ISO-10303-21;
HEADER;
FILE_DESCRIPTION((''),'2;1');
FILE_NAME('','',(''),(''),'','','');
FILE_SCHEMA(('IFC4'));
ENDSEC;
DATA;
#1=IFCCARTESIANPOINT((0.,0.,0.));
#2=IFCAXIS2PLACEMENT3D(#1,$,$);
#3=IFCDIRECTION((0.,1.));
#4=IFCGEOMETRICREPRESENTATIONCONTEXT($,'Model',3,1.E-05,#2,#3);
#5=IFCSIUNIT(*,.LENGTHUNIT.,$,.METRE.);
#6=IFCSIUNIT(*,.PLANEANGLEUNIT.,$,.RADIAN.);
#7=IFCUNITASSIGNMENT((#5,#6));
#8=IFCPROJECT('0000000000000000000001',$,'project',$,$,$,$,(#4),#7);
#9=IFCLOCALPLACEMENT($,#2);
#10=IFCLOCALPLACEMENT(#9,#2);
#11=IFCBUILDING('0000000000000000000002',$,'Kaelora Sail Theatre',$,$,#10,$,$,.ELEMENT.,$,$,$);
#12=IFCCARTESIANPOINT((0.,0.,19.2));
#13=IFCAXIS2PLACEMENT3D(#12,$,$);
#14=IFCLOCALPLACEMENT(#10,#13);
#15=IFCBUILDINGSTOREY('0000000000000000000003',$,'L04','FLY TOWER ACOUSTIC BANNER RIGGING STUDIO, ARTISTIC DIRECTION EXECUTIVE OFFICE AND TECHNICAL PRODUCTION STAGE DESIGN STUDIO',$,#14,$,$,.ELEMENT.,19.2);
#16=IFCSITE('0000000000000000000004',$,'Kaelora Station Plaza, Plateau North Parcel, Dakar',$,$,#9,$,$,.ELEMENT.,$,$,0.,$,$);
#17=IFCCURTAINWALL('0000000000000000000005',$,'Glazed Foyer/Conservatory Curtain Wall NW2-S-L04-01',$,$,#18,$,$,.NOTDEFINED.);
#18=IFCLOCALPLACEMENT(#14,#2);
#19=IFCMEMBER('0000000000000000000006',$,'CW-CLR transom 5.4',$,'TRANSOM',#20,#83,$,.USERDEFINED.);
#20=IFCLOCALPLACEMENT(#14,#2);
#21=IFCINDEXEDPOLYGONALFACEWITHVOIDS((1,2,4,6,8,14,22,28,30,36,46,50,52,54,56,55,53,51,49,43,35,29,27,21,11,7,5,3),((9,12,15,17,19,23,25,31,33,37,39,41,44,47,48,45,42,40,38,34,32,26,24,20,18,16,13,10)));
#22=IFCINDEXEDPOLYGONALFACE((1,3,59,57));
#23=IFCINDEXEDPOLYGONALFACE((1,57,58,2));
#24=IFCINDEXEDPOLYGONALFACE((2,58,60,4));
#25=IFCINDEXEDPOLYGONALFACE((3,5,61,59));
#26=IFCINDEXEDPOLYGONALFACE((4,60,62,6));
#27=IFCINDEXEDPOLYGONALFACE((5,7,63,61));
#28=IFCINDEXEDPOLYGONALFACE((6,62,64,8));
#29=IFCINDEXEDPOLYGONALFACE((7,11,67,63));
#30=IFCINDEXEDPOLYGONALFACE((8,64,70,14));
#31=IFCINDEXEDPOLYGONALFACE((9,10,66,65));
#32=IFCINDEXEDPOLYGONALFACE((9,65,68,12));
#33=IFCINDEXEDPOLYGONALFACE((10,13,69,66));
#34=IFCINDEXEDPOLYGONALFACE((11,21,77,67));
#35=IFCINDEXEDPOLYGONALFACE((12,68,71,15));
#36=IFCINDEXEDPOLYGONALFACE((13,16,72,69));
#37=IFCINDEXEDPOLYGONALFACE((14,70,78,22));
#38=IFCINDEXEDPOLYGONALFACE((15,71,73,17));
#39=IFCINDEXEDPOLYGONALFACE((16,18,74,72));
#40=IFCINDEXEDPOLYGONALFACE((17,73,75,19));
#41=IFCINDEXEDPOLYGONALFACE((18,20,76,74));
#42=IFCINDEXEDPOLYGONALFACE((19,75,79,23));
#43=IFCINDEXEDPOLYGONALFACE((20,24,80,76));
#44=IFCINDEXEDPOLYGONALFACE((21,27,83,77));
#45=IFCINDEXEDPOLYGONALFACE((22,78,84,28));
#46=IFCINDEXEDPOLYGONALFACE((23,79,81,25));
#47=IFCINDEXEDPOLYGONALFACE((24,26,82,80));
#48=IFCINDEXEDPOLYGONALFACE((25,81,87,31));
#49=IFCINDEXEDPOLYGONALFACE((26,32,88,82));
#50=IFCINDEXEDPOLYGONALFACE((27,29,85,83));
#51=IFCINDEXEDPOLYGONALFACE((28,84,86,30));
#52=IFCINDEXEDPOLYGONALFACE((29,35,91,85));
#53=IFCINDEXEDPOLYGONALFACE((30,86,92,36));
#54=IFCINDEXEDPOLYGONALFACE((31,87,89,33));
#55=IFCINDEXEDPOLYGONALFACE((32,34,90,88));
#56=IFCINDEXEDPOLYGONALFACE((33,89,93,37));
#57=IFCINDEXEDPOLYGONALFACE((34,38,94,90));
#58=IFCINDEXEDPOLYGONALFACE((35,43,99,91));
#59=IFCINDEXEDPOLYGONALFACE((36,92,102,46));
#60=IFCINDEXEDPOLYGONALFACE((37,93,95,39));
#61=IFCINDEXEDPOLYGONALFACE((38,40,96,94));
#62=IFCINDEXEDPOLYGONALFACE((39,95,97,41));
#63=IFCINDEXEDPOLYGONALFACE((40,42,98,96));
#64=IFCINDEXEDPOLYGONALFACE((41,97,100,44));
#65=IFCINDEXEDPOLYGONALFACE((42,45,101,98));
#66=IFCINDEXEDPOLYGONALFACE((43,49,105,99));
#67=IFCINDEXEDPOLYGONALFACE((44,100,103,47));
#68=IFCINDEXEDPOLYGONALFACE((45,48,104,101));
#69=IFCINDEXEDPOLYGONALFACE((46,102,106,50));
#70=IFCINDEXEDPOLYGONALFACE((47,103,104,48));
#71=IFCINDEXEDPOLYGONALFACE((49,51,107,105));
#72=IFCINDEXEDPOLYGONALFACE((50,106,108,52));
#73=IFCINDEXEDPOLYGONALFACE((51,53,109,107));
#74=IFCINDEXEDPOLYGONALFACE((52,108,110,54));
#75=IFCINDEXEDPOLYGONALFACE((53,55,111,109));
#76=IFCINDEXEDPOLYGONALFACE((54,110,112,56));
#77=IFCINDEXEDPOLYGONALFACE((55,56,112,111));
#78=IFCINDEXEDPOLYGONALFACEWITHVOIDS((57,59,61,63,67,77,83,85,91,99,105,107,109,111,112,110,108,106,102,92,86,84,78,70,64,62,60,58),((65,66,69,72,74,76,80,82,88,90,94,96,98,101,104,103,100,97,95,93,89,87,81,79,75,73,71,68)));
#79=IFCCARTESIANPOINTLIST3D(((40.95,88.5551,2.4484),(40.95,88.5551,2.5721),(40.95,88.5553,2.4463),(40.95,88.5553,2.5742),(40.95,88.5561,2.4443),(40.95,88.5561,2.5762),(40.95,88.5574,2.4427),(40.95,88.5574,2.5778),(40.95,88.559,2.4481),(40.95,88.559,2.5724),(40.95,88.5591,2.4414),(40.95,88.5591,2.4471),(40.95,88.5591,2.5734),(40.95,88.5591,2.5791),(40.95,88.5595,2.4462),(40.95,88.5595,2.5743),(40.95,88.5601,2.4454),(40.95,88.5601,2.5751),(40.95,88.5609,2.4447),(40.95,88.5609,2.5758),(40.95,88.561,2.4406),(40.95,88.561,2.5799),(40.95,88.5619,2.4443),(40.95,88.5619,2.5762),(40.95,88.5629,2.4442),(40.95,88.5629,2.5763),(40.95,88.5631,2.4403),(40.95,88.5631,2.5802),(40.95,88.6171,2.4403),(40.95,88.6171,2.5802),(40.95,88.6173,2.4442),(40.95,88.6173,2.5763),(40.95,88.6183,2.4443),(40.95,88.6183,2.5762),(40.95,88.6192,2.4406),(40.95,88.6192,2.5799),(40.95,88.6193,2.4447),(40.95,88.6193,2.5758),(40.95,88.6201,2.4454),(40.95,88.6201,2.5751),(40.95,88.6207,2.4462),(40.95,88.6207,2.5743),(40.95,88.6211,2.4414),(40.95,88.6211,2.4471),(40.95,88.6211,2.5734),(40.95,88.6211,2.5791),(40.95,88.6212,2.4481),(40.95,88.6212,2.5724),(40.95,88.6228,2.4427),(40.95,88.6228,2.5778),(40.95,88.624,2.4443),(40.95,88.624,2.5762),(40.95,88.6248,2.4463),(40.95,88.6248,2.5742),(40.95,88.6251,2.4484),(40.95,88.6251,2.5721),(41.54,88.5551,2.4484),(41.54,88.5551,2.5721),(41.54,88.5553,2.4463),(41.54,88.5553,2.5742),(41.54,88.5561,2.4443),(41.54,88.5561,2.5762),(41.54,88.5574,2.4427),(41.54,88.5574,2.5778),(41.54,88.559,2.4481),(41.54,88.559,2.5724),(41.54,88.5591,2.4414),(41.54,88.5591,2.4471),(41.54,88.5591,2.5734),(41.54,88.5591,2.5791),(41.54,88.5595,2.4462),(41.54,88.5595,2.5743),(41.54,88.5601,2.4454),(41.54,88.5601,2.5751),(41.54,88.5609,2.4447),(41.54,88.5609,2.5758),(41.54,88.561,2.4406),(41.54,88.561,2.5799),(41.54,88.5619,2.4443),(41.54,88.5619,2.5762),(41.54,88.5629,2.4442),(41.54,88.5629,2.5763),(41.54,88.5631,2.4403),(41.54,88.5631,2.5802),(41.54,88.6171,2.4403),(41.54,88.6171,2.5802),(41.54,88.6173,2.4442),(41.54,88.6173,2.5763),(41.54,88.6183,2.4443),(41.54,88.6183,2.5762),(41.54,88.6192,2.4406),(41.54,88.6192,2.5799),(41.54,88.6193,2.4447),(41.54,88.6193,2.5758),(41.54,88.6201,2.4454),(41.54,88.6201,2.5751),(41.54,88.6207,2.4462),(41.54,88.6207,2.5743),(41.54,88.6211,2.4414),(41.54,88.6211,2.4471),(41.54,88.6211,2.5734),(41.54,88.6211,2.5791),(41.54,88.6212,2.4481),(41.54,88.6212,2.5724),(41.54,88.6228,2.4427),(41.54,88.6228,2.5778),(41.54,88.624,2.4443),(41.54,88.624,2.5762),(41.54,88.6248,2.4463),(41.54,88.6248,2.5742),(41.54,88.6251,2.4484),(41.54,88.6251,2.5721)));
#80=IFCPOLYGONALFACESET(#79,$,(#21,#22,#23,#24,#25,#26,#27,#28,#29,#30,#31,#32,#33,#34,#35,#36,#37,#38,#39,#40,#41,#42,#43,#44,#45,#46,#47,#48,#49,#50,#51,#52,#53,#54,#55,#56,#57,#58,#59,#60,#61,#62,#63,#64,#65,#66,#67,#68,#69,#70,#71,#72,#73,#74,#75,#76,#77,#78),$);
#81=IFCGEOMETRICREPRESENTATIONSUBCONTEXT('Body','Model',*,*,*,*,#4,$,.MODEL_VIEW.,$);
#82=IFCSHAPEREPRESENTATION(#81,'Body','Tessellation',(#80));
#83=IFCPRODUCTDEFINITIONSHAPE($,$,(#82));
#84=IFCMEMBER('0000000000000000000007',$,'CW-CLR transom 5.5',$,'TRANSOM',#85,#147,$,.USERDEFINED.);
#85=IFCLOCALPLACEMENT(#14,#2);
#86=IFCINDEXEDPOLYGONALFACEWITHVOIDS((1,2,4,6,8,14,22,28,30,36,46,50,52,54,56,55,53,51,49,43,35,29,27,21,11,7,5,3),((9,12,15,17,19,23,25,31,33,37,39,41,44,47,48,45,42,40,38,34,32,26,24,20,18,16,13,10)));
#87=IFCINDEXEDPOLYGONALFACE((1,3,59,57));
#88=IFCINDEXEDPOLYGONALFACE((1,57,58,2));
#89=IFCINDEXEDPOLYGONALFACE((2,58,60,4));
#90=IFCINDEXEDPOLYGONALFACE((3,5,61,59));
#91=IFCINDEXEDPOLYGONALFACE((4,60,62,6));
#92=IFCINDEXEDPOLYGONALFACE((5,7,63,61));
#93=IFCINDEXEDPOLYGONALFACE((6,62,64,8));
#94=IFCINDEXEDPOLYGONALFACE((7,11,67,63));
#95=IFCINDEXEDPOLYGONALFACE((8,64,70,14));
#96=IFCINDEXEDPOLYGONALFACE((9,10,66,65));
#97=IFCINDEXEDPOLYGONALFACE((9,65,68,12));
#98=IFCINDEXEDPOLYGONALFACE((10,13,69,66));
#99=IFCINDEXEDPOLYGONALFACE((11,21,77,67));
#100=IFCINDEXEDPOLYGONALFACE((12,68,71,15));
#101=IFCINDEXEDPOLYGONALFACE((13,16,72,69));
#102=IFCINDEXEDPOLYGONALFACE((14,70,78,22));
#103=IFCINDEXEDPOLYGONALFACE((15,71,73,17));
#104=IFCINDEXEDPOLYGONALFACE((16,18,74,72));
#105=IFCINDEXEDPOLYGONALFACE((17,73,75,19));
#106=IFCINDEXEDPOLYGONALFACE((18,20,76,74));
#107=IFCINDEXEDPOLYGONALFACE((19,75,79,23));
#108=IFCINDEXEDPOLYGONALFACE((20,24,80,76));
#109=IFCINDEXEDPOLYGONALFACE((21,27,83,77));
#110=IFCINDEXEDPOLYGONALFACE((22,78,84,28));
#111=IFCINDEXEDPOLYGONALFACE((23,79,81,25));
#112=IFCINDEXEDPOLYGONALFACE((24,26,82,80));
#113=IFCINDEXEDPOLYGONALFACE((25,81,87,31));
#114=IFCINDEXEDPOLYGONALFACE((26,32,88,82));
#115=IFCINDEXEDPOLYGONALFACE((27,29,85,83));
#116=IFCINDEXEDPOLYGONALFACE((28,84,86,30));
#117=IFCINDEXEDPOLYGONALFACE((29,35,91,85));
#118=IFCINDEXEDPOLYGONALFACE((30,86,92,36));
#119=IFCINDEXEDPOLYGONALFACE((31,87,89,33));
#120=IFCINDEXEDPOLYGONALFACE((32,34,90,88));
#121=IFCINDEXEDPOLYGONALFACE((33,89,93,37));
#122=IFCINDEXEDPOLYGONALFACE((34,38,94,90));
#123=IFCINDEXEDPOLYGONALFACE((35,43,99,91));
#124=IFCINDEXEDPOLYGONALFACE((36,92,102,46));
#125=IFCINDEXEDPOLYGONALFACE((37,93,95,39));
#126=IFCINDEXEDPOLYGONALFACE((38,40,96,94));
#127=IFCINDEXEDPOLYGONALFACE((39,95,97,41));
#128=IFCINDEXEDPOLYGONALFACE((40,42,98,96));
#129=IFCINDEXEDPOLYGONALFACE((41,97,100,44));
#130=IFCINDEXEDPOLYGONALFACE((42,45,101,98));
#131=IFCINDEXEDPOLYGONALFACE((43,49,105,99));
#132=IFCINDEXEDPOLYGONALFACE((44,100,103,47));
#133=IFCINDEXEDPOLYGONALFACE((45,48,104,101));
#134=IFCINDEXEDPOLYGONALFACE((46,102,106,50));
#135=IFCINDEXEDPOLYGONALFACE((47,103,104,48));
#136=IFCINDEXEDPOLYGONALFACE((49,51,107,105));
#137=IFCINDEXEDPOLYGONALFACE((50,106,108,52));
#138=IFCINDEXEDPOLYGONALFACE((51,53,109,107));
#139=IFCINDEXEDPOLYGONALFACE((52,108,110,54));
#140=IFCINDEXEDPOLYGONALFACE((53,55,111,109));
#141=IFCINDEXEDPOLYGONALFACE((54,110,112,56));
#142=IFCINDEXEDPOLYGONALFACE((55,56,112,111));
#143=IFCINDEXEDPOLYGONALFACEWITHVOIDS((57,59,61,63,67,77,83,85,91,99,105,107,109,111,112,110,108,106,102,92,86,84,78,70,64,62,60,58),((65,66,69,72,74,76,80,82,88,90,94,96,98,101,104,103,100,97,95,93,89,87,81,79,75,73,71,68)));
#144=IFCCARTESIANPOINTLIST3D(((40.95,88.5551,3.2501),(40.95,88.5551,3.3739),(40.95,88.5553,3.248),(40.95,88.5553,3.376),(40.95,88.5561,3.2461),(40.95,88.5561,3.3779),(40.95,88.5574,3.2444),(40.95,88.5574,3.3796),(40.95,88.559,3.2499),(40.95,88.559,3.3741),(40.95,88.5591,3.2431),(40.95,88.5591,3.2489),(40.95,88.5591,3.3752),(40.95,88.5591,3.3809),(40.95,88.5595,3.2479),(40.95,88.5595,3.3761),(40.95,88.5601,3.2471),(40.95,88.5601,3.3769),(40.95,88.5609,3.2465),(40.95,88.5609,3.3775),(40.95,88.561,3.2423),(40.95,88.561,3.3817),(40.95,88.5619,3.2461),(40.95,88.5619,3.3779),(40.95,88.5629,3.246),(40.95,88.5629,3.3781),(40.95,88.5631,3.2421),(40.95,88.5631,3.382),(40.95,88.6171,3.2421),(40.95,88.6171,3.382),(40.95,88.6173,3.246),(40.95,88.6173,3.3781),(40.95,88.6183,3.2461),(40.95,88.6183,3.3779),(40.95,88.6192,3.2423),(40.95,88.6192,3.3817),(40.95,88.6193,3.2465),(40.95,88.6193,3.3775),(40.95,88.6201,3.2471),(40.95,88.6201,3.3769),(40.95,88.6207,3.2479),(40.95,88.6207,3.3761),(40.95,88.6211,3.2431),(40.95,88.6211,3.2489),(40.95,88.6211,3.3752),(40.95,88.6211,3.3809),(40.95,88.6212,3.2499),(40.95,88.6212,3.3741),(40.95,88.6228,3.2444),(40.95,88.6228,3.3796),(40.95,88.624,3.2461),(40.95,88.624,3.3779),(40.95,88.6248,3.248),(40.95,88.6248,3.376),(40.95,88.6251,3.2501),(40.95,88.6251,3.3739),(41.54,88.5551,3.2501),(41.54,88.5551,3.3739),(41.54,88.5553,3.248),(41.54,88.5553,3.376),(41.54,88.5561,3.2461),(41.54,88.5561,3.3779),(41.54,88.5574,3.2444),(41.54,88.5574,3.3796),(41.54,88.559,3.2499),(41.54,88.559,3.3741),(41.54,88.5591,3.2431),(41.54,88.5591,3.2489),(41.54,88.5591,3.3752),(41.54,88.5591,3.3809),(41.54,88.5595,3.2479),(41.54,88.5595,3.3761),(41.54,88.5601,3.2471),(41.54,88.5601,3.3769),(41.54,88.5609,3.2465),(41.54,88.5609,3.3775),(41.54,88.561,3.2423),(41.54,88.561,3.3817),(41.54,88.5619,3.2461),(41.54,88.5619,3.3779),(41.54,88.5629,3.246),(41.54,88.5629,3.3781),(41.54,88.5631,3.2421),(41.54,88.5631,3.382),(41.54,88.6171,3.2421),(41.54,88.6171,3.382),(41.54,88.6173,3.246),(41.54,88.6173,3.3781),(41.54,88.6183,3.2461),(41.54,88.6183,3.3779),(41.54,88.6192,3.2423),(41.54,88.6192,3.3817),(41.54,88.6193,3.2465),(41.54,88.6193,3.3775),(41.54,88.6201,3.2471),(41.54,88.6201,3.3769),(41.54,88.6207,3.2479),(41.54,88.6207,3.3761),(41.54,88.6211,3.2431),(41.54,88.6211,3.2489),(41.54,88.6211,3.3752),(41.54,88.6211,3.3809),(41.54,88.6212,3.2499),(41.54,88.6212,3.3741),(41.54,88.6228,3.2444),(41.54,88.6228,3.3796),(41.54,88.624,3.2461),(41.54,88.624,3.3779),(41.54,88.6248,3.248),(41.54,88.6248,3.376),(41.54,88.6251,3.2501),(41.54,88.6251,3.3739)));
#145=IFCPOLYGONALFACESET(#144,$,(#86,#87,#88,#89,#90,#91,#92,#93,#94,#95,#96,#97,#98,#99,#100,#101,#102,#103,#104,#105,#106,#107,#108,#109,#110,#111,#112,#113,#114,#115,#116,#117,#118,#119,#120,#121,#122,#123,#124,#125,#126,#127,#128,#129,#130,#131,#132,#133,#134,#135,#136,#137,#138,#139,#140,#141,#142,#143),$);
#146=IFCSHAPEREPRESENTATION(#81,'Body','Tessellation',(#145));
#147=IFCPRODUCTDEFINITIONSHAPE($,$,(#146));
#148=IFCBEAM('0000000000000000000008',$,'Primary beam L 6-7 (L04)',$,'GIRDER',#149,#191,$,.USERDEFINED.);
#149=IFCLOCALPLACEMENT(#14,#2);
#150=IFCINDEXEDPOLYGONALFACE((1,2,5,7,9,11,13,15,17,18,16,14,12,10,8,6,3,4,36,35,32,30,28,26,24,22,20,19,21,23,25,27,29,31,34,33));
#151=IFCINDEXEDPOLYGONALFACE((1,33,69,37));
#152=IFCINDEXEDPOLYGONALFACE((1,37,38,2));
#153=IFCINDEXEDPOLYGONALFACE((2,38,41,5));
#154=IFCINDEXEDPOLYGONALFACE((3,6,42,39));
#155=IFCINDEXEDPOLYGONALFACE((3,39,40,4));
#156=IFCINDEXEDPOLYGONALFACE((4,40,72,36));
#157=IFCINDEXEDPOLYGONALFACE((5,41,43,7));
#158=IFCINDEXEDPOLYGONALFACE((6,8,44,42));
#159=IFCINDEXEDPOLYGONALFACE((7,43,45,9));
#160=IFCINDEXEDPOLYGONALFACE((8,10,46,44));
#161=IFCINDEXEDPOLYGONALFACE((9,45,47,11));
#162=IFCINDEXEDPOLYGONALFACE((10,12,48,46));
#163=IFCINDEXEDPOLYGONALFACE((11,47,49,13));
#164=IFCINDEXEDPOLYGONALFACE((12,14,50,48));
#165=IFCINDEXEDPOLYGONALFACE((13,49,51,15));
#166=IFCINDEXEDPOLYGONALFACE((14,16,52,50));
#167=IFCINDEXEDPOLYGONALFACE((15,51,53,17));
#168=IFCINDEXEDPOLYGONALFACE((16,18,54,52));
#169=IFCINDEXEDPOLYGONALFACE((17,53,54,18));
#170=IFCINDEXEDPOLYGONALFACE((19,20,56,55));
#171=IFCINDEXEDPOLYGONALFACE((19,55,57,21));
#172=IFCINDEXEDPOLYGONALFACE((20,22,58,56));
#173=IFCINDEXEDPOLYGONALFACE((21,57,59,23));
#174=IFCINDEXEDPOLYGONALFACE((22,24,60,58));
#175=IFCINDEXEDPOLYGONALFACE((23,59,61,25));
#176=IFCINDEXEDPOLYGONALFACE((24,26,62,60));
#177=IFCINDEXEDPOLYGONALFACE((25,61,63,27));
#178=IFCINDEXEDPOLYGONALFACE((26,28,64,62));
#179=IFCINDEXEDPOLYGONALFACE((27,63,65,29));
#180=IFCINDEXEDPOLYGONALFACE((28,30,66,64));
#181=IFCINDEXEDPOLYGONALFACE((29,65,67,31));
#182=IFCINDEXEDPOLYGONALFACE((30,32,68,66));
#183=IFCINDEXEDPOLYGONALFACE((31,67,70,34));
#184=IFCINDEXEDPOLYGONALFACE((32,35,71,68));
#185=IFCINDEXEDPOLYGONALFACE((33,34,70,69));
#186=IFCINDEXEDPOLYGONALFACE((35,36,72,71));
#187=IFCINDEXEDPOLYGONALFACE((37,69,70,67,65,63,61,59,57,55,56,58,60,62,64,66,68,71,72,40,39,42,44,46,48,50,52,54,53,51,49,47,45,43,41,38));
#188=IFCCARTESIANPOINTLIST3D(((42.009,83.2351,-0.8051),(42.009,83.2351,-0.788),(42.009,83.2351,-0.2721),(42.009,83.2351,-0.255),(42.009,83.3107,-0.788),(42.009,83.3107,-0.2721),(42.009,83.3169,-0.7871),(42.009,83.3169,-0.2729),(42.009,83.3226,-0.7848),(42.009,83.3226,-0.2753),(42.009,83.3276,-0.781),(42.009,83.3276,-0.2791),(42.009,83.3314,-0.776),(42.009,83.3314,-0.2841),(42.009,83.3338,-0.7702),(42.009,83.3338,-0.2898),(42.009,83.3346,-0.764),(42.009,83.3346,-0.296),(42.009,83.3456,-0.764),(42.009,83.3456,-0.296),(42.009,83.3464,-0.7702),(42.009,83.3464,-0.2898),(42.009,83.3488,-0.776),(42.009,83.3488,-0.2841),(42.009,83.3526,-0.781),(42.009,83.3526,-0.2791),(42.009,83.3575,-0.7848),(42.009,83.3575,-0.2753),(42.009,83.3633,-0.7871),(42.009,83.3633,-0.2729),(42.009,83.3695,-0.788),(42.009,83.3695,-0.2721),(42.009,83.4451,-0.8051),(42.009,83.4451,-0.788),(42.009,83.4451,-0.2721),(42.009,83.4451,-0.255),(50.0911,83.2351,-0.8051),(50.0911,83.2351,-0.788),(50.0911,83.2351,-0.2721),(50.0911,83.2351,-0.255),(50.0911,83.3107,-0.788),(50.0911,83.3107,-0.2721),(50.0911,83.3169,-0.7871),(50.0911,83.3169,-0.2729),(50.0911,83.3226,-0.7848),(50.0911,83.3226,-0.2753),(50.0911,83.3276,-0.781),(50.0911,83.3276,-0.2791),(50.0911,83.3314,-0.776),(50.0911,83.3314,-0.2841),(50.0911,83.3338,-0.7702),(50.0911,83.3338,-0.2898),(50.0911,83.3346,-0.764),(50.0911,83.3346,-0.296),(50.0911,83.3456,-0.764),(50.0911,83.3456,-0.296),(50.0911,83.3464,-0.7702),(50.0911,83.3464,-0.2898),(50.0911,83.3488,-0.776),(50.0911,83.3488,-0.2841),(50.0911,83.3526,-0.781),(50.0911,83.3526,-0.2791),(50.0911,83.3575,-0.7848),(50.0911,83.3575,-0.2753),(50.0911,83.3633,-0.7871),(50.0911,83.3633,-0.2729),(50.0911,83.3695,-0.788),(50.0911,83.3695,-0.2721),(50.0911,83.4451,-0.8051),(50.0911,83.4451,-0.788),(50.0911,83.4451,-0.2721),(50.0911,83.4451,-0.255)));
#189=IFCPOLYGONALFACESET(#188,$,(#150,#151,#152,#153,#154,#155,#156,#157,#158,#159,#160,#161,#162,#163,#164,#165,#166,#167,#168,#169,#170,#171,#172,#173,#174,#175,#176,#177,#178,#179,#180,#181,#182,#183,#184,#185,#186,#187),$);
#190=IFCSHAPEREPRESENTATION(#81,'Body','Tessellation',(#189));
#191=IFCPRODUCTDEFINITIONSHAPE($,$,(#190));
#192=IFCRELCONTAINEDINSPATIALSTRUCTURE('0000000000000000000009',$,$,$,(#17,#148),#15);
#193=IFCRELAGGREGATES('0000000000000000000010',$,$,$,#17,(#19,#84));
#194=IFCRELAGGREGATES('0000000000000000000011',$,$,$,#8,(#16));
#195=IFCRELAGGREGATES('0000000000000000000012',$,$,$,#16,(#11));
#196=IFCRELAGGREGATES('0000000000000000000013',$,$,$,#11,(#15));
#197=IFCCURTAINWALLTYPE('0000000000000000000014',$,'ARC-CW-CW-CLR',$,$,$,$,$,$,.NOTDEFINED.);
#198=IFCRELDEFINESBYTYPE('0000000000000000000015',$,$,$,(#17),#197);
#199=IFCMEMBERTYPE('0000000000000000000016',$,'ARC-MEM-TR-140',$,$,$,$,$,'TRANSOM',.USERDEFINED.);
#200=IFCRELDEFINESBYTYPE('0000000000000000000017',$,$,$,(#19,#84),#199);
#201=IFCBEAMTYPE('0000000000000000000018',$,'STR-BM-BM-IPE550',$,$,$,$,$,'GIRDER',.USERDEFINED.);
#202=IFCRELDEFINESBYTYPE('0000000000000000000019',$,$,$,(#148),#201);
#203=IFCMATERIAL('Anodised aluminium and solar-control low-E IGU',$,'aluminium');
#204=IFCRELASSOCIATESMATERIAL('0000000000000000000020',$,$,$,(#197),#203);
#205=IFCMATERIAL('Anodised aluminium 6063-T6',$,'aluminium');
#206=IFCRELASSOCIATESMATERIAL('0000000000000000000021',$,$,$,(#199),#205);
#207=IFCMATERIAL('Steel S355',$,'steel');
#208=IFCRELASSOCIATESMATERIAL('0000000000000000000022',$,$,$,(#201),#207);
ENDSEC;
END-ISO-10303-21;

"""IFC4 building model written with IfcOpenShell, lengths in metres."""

from ifc_helpers import new_model, si_unit, direction, frame, origin, origin_2d, place, context, subcontext, project, spatial, hollow_rectangle, i_section, extrude, material, material_profile, profile_set, type_object, element, aggregate, save


model = new_model("IFC4")

# Units and contexts
model_context = context("Model", 3, precision=1e-05, world=origin(), true_north=direction((0.0, 1.0)))
body_context = subcontext(model_context, "Body", "Model", "MODEL_VIEW")
ifc_project = project(units=[si_unit("LENGTHUNIT", "METRE"), si_unit("PLANEANGLEUNIT", "RADIAN")], contexts=[model_context])

# Site, building, storey
site_placement = place(None, origin())
site = spatial("IfcSite", under=ifc_project, at=site_placement, Name="Kaelora Station Plaza, Plateau North Parcel, Dakar", CompositionType="ELEMENT", RefElevation=0.0)
building_placement = place(site_placement, origin())
building = spatial("IfcBuilding", under=site, at=building_placement, Name="Kaelora Sail Theatre", CompositionType="ELEMENT")
storey_placement = place(building_placement, frame((0.0, 0.0, 19.2)))
storey = spatial("IfcBuildingStorey", under=building, at=storey_placement, Name="L04", Description="FLY TOWER ACOUSTIC BANNER RIGGING STUDIO, ARTISTIC DIRECTION EXECUTIVE OFFICE AND TECHNICAL PRODUCTION STAGE DESIGN STUDIO", CompositionType="ELEMENT", Elevation=19.2)

# Curtain wall, members
ifc_material_1 = material(Name="Anodised aluminium and solar-control low-E IGU", Category="aluminium")
curtain_wall_type = type_object("IfcCurtainWallType", Name="ARC-CW-CW-CLR", PredefinedType="NOTDEFINED", material=ifc_material_1)
curtain_wall_placement = place(storey_placement, origin())
curtain_wall = element("IfcCurtainWall", 1, at=curtain_wall_placement, inside=storey, type_object=curtain_wall_type, Name="Glazed Foyer/Conservatory Curtain Wall NW2-S-L04-01", PredefinedType="NOTDEFINED")
ifc_material_2 = material(Name="Anodised aluminium 6063-T6", Category="aluminium")
ifc_material_profile_1 = material_profile(ifc_material_2, hollow_rectangle(XDim=0.0701, YDim=0.1399, WallThickness=0.0039, InnerFilletRadius=0.0039, OuterFilletRadius=0.0081, at=origin_2d()), Name="ALU-TRAN 70x140x4")
ifc_profile_set_1 = profile_set([ifc_material_profile_1], Name="Anodised aluminium 6063-T6")
member_type_1 = type_object("IfcMemberType", Name="ARC-MEM-TR-140", ElementType="TRANSOM", PredefinedType="USERDEFINED", material=ifc_profile_set_1)
member_1_placement = place(storey_placement, frame((40.95, 88.5901, 2.5103), z_axis=(1.0, 0.0, 0.0), x_axis=(0.0, 1.0, 0.0)))
member_1 = element("IfcMember", 2, at=member_1_placement, type_object=member_type_1, Name="CW-CLR transom 5.4", ObjectType="TRANSOM", PredefinedType="USERDEFINED", context=body_context, shape_type="SweptSolid", body=[
    extrude(hollow_rectangle(XDim=0.0701, YDim=0.1399, WallThickness=0.0039, InnerFilletRadius=0.0039, OuterFilletRadius=0.0081, at=origin_2d()), origin(), (0.0, 0.0, 1.0), 0.5901),
])
member_2_placement = place(storey_placement, frame((40.95, 88.5901, 3.312), z_axis=(1.0, 0.0, 0.0), x_axis=(0.0, 1.0, 0.0)))
member_2 = element("IfcMember", 3, at=member_2_placement, type_object=member_type_1, Name="CW-CLR transom 5.5", ObjectType="TRANSOM", PredefinedType="USERDEFINED", context=body_context, shape_type="SweptSolid", body=[
    extrude(hollow_rectangle(XDim=0.0701, YDim=0.1399, WallThickness=0.0039, InnerFilletRadius=0.0039, OuterFilletRadius=0.0081, at=origin_2d()), origin(), (0.0, 0.0, 1.0), 0.5901),
])

# Beam
ifc_material_3 = material(Name="Steel S355", Category="steel")
ifc_material_profile_2 = material_profile(ifc_material_3, i_section(OverallWidth=0.21, OverallDepth=0.55, WebThickness=0.011, FlangeThickness=0.0171, FilletRadius=0.0239, at=origin_2d()), Name="IPE 550")
ifc_profile_set_2 = profile_set([ifc_material_profile_2], Name="Steel S355")
beam_type_1 = type_object("IfcBeamType", Name="STR-BM-BM-IPE550", ElementType="GIRDER", PredefinedType="USERDEFINED", material=ifc_profile_set_2)
beam_1_placement = place(storey_placement, frame((42.009, 83.3401, -0.53), z_axis=(1.0, 0.0, 0.0), x_axis=(0.0, 1.0, 0.0)))
element("IfcBeam", 4, at=beam_1_placement, inside=storey, type_object=beam_type_1, Name="Primary beam L 6-7 (L04)", ObjectType="GIRDER", PredefinedType="USERDEFINED", context=body_context, shape_type="SweptSolid", body=[
    extrude(i_section(OverallWidth=0.21, OverallDepth=0.55, WebThickness=0.011, FlangeThickness=0.0171, FilletRadius=0.0239, at=origin_2d()), origin(), (0.0, 0.0, 1.0), 8.082),
])

aggregate(curtain_wall, [member_1, member_2])

save(model, "model.ifc")
